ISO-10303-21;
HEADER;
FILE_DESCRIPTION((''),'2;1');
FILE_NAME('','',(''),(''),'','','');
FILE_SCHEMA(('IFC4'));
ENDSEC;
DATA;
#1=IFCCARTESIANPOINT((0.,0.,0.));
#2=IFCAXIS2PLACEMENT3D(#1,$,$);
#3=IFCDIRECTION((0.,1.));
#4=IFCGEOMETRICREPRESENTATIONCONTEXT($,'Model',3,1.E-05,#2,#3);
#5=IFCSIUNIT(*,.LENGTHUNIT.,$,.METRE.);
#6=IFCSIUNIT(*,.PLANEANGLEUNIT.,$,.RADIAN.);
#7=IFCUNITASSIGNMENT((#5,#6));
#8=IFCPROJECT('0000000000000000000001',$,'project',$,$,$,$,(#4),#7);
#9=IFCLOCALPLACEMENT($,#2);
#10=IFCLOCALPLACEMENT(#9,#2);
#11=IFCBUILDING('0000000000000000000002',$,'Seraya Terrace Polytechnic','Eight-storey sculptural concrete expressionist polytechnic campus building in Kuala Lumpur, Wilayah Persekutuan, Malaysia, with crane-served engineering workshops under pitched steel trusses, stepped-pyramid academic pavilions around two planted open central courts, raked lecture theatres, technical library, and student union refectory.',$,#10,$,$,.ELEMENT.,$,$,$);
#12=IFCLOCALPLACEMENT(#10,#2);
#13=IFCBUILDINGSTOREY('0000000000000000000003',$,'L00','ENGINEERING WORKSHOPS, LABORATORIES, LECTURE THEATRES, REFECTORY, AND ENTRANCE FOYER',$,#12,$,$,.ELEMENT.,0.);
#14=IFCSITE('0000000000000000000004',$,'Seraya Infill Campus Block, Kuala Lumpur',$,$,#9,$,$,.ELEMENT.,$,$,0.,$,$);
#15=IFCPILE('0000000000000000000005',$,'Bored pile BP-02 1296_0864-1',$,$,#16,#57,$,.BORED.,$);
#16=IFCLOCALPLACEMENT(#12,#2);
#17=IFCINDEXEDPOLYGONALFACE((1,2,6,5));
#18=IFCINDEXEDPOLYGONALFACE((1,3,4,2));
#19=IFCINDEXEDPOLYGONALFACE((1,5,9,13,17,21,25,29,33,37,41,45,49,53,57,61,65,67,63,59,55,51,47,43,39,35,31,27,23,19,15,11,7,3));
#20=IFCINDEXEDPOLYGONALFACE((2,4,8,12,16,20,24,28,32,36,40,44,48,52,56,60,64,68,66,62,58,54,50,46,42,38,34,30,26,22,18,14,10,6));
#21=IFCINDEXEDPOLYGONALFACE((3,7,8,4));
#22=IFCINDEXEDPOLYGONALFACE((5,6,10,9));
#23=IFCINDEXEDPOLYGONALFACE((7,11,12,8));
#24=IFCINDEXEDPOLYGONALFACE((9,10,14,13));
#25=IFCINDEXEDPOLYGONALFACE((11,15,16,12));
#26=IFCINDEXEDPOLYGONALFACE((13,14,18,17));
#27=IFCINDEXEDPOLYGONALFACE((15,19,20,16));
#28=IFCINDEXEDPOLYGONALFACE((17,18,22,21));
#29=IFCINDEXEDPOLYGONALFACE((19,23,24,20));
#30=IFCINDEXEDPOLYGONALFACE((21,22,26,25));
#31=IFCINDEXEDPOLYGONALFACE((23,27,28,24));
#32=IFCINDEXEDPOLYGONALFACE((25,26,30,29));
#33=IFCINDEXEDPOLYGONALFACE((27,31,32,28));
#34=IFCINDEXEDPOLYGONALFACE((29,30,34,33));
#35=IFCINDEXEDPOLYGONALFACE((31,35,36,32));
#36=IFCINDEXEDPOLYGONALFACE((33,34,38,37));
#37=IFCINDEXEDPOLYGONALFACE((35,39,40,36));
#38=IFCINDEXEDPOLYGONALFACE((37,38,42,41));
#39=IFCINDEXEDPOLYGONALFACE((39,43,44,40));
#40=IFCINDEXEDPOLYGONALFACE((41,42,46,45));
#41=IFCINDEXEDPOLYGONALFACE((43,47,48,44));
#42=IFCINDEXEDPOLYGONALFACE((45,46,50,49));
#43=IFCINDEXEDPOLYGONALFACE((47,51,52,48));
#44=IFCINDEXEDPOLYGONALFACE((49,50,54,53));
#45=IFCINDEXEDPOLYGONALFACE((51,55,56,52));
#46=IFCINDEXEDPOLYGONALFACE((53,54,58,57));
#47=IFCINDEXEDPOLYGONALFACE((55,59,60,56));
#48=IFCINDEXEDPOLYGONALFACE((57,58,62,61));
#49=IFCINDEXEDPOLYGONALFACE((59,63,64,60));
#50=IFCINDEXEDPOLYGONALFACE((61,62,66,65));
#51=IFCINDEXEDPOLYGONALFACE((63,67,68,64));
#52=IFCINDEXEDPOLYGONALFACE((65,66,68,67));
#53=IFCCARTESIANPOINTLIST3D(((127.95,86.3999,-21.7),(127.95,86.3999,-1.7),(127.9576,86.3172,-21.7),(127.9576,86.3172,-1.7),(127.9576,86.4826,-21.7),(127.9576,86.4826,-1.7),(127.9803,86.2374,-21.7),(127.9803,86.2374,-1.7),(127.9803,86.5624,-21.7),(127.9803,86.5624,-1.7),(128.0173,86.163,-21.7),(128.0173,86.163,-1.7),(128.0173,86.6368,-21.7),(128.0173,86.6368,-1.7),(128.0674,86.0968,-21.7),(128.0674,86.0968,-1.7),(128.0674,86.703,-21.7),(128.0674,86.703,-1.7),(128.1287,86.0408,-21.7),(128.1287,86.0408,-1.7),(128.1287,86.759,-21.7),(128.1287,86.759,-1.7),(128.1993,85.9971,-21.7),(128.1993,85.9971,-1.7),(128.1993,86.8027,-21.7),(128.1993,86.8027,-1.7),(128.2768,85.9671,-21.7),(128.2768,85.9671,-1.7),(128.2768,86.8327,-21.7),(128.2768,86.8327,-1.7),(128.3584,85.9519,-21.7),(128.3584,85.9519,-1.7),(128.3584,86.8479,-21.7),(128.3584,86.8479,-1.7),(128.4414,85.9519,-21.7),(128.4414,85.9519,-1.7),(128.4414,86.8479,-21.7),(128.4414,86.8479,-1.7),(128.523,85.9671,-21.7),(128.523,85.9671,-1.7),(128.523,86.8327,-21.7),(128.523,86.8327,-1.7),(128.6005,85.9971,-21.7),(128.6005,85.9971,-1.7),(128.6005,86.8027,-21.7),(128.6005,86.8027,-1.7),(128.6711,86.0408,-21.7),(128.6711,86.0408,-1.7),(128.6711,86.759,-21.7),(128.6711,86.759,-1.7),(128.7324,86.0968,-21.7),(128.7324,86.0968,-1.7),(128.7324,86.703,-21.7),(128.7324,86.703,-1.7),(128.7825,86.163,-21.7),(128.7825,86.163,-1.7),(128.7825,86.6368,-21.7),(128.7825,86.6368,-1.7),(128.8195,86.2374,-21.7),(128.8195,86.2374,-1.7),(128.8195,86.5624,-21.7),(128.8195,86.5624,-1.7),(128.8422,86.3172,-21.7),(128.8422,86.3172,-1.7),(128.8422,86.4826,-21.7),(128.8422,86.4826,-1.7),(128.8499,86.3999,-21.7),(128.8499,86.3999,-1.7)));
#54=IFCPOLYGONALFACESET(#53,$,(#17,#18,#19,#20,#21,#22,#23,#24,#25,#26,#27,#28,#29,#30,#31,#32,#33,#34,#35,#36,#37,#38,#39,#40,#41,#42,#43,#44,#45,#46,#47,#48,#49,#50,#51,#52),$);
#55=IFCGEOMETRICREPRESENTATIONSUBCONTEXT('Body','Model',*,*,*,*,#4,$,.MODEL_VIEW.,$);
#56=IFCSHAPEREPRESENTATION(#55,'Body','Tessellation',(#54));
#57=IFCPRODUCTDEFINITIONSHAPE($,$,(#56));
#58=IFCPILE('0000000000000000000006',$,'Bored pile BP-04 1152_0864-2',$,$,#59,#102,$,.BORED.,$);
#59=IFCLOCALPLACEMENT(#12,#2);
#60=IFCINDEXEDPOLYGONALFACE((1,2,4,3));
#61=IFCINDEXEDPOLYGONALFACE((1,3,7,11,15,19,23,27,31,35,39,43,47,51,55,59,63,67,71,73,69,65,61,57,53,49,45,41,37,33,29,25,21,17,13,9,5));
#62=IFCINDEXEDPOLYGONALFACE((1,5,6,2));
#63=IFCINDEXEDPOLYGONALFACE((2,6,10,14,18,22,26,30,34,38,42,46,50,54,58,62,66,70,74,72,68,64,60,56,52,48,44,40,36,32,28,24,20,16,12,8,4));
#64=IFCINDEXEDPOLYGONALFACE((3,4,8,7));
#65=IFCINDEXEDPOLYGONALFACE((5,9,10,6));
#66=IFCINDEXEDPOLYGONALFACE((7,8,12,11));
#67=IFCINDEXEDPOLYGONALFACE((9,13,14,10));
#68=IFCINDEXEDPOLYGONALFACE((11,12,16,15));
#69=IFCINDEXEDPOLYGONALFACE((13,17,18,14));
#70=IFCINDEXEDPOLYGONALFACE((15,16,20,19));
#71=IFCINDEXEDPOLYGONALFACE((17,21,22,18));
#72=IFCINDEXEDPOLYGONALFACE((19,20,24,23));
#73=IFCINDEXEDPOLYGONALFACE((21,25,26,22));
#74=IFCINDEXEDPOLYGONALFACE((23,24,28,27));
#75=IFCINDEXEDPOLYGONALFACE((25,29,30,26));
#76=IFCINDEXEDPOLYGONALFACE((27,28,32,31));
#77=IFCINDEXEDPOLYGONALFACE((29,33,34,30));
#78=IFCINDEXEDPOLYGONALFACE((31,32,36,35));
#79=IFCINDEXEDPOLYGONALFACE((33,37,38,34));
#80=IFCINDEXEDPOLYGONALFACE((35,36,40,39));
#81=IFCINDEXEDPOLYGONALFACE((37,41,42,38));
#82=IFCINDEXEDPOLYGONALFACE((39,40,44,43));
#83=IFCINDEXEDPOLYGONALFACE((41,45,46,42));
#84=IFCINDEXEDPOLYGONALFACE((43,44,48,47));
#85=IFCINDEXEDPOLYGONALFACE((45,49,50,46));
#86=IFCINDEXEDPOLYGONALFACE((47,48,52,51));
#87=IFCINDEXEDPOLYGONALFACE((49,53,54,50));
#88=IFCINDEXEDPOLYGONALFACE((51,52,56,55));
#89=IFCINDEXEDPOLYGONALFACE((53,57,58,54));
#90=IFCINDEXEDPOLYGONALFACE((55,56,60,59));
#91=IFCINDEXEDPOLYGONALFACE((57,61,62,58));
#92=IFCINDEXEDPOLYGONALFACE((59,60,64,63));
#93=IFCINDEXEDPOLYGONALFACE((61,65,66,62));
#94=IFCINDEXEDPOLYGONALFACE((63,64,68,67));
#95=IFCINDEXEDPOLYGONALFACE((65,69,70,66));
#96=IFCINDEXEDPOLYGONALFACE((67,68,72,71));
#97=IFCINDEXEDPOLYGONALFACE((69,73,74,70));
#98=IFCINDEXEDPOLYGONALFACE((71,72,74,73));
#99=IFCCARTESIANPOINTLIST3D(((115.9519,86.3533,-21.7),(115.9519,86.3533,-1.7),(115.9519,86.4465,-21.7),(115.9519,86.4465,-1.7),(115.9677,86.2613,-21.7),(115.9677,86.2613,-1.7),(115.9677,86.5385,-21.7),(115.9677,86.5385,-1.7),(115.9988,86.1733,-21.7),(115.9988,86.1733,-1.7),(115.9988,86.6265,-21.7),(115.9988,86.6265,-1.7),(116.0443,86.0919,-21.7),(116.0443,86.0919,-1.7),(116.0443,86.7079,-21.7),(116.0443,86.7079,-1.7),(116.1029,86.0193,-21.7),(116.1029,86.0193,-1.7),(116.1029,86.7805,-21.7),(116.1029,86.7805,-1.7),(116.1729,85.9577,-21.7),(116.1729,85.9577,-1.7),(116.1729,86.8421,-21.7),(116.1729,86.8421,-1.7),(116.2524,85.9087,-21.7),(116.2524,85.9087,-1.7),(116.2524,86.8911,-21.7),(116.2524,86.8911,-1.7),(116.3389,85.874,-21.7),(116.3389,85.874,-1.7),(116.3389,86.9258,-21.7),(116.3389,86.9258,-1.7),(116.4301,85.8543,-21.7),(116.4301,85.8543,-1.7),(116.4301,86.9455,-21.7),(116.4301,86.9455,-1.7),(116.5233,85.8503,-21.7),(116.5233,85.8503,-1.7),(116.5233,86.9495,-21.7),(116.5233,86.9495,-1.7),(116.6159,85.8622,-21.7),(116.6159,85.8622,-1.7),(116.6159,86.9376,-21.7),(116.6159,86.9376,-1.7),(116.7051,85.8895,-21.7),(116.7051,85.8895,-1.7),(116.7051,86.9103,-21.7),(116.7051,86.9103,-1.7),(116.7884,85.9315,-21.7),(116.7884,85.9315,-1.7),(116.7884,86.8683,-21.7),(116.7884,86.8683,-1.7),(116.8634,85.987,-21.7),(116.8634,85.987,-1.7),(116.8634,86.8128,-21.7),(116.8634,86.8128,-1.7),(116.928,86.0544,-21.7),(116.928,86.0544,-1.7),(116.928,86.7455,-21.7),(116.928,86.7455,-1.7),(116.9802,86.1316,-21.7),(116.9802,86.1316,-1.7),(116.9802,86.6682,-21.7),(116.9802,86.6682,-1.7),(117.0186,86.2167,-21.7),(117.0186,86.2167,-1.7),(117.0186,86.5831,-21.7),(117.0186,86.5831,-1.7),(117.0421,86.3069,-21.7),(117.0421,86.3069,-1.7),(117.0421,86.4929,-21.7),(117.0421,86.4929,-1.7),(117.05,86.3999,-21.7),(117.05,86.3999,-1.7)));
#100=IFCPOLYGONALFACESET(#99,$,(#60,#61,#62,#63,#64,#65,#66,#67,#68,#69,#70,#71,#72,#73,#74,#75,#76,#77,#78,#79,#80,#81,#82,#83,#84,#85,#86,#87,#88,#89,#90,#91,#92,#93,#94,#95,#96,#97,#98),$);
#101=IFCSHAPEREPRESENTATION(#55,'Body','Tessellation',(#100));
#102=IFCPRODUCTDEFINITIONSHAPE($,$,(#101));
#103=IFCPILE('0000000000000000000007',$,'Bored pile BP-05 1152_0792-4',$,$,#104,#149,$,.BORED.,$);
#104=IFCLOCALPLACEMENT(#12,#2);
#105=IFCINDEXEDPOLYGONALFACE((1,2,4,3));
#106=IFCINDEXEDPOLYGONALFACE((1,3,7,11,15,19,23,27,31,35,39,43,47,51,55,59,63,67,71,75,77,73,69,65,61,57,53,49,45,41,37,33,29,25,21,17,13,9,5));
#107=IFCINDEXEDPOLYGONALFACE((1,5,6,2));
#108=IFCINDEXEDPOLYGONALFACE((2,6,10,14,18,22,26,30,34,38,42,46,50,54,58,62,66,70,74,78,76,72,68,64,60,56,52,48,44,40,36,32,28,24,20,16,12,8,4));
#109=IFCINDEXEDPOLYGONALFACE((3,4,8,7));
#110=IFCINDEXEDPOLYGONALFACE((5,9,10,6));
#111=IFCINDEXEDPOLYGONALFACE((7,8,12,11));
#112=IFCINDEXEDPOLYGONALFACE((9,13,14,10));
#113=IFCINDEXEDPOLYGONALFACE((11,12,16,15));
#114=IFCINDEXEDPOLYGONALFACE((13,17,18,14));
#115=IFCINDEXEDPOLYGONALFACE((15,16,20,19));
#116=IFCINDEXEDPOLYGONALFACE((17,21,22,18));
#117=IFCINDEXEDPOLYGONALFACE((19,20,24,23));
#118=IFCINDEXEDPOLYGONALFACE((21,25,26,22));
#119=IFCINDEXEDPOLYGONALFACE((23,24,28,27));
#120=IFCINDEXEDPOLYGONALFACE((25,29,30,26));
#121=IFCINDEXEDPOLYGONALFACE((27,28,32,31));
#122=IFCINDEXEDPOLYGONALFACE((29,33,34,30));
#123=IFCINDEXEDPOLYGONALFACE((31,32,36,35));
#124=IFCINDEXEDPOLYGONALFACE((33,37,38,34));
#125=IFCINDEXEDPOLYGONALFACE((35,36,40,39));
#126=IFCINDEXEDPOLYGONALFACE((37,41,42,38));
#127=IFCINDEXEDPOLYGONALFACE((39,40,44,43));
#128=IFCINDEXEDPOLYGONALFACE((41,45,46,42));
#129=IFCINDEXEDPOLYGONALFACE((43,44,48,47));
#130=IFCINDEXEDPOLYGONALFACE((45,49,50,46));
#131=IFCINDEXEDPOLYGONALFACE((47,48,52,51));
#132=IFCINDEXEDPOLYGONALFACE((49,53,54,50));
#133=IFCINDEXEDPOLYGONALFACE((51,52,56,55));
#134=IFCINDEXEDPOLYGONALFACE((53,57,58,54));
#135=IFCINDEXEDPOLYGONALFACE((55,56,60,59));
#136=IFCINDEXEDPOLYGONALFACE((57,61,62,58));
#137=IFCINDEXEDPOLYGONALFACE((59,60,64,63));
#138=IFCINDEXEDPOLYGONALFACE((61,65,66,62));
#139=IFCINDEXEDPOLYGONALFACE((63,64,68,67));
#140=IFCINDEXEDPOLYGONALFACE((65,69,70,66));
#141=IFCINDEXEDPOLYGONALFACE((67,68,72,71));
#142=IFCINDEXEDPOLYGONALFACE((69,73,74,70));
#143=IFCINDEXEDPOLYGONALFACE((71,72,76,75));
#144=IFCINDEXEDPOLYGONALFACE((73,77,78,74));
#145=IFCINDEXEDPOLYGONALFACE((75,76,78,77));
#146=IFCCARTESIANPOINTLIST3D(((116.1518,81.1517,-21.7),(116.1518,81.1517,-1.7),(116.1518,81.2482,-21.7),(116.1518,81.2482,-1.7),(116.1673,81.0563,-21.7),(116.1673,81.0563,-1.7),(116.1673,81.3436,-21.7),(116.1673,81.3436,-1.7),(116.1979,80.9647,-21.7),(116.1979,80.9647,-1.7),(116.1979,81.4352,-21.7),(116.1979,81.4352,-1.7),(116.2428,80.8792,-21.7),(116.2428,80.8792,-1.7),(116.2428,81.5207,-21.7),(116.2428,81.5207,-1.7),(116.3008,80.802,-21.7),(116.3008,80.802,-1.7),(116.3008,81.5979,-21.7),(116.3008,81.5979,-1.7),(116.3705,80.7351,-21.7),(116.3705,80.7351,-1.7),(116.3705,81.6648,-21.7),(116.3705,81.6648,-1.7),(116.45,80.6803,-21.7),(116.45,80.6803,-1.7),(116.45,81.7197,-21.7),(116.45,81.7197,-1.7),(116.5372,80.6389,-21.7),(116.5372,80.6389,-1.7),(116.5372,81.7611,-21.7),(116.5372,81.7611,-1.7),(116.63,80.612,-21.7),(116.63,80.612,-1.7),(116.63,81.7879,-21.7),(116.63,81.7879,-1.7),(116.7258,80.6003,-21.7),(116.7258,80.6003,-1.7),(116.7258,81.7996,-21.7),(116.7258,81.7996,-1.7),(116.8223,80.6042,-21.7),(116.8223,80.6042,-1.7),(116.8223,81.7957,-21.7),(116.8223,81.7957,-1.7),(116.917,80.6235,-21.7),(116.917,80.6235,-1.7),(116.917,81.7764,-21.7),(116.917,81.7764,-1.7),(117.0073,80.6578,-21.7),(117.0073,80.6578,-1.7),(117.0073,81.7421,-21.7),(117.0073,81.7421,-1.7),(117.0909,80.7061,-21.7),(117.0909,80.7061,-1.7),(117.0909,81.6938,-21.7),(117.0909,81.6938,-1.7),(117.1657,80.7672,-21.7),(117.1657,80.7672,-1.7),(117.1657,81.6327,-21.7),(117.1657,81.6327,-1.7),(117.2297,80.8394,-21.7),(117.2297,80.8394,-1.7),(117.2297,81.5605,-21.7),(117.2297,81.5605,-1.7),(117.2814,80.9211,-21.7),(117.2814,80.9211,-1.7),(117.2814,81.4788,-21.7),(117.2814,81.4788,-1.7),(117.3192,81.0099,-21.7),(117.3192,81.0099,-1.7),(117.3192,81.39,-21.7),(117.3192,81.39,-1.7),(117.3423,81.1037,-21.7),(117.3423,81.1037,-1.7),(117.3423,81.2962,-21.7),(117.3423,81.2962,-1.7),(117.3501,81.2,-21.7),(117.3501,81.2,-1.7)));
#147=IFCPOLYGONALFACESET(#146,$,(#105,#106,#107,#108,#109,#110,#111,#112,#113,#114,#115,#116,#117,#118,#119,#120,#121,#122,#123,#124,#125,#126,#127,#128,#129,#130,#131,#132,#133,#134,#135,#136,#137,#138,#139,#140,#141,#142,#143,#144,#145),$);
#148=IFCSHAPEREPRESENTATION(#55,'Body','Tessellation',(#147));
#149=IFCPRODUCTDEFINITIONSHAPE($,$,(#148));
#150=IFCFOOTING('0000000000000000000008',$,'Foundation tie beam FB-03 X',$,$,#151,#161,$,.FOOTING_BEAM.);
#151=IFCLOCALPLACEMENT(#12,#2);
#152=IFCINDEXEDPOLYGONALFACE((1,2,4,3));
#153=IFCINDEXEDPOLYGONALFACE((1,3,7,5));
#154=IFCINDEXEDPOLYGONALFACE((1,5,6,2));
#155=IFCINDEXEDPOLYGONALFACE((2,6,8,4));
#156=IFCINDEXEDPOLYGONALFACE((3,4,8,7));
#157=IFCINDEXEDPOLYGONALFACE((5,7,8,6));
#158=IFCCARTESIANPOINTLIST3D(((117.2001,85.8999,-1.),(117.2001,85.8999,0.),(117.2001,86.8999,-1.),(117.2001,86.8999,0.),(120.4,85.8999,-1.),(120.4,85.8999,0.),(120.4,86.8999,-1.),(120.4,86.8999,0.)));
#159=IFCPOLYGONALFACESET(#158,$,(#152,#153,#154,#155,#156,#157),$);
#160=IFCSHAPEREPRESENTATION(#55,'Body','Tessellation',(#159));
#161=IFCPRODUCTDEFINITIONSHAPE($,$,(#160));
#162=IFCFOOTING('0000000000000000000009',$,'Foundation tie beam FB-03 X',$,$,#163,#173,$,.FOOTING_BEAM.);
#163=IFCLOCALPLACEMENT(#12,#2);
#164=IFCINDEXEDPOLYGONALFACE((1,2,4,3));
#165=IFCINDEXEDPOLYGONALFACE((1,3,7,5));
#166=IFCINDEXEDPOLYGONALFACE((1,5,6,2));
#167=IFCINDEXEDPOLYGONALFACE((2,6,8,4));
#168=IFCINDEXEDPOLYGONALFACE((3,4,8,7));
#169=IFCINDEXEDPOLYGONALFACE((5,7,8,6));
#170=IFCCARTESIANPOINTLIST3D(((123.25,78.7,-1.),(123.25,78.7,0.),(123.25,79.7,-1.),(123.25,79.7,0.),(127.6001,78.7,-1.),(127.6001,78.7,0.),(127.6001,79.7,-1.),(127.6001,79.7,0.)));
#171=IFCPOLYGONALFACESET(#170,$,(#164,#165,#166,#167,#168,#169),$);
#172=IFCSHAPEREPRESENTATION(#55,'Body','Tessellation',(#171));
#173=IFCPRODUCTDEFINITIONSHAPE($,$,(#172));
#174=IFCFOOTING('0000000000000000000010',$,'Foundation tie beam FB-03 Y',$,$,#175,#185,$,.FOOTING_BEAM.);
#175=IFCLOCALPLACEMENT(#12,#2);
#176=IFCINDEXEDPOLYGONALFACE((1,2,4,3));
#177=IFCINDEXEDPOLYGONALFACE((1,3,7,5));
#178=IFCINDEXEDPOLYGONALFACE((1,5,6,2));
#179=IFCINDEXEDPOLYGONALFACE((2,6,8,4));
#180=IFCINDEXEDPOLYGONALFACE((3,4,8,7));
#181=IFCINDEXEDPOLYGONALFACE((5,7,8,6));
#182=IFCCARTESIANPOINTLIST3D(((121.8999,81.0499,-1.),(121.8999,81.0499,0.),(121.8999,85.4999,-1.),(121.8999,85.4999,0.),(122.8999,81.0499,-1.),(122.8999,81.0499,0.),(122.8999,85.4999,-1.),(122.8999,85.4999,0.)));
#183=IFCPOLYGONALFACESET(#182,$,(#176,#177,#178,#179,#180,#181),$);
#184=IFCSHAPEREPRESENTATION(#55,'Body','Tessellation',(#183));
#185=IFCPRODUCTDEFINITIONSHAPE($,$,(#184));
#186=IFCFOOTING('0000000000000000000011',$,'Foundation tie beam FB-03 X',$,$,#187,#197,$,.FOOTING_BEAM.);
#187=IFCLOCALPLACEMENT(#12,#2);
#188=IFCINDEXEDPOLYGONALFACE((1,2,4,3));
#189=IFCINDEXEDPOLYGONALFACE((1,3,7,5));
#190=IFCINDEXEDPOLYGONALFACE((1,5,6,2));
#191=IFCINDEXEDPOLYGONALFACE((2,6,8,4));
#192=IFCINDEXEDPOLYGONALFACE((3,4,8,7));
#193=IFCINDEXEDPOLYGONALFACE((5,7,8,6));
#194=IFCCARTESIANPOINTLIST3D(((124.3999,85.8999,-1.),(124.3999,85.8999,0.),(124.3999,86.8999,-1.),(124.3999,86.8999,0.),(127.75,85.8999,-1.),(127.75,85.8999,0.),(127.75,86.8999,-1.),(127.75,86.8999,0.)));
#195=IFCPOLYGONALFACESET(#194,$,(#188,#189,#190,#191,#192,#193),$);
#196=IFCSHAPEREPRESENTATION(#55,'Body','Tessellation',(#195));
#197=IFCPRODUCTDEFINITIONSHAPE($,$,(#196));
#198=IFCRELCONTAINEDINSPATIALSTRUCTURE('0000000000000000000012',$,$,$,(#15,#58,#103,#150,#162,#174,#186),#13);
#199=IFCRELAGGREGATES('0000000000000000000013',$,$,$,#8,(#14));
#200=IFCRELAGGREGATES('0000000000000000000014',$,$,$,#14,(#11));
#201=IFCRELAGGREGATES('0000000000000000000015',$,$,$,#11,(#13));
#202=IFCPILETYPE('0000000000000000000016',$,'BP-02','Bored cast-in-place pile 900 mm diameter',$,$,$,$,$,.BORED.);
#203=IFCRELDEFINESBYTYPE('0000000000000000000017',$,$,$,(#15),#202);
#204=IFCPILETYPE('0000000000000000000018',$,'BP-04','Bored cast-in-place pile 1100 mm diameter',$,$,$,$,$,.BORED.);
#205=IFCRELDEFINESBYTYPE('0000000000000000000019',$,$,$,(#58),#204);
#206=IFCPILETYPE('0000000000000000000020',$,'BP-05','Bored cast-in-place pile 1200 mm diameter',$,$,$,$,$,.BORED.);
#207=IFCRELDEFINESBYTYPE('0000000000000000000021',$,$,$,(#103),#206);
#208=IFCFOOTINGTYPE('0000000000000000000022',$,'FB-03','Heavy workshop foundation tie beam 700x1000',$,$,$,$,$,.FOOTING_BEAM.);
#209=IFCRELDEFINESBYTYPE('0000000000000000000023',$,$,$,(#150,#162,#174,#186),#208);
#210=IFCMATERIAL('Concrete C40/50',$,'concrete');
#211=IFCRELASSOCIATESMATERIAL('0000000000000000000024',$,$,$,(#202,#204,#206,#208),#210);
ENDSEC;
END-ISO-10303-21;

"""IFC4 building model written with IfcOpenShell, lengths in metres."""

from ifc_helpers import new_model, si_unit, direction, frame, origin, origin_2d, place, context, subcontext, project, spatial, rectangle, circle, extrude, material, material_profile, profile_set, type_object, element, save


model = new_model("IFC4")

# Units and contexts
model_context = context("Model", 3, precision=1e-05, world=origin(), true_north=direction((0.0, 1.0)))
body_context = subcontext(model_context, "Body", "Model", "MODEL_VIEW")
ifc_project = project(units=[si_unit("LENGTHUNIT", "METRE"), si_unit("PLANEANGLEUNIT", "RADIAN")], contexts=[model_context])

# Site, building, storey
site_placement = place(None, origin())
site = spatial("IfcSite", under=ifc_project, at=site_placement, Name="Seraya Infill Campus Block, Kuala Lumpur", CompositionType="ELEMENT", RefElevation=0.0)
building_placement = place(site_placement, origin())
building = spatial("IfcBuilding", under=site, at=building_placement, Name="Seraya Terrace Polytechnic", Description="Eight-storey sculptural concrete expressionist polytechnic campus building in Kuala Lumpur, Wilayah Persekutuan, Malaysia, with crane-served engineering workshops under pitched steel trusses, stepped-pyramid academic pavilions around two planted open central courts, raked lecture theatres, technical library, and student union refectory.", CompositionType="ELEMENT")
storey_placement = place(building_placement, origin())
storey = spatial("IfcBuildingStorey", under=building, at=storey_placement, Name="L00", Description="ENGINEERING WORKSHOPS, LABORATORIES, LECTURE THEATRES, REFECTORY, AND ENTRANCE FOYER", CompositionType="ELEMENT", Elevation=0.0)

# Piles
ifc_material_1 = material(Name="Concrete C40/50", Category="concrete")
ifc_material_profile_1 = material_profile(ifc_material_1, circle(Radius=0.45, at=origin_2d()), Name="DIA 900")
ifc_profile_set_1 = profile_set([ifc_material_profile_1], Name="Concrete C40/50")
pile_type_1 = type_object("IfcPileType", Name="BP-02", Description="Bored cast-in-place pile 900 mm diameter", PredefinedType="BORED", material=ifc_profile_set_1)
for number, where, z_axis, x_axis, name in (
    (1, (128.3999, 86.3999, -1.7), (0.0, 0.0, -1.0), (1.0, 0.0, 0.0), "Bored pile BP-02 1296_0864-1"),
):
    element("IfcPile", number, at=place(storey_placement, frame(where, z_axis=z_axis, x_axis=x_axis)), inside=storey, type_object=pile_type_1, Name=name, PredefinedType="BORED", context=body_context, shape_type="SweptSolid", body=[
        extrude(circle(Radius=0.45, at=origin_2d()), origin(), (0.0, 0.0, 1.0), 20.0),
    ])
ifc_material_profile_2 = material_profile(ifc_material_1, circle(Radius=0.55, at=origin_2d()), Name="DIA 1100")
ifc_profile_set_2 = profile_set([ifc_material_profile_2], Name="Concrete C40/50")
pile_type_2 = type_object("IfcPileType", Name="BP-04", Description="Bored cast-in-place pile 1100 mm diameter", PredefinedType="BORED", material=ifc_profile_set_2)
pile_1_placement = place(storey_placement, frame((116.5, 86.3999, -1.7), z_axis=(0.0, 0.0, -1.0), x_axis=(1.0, 0.0, 0.0)))
element("IfcPile", 2, at=pile_1_placement, inside=storey, type_object=pile_type_2, Name="Bored pile BP-04 1152_0864-2", PredefinedType="BORED", context=body_context, shape_type="SweptSolid", body=[
    extrude(circle(Radius=0.55, at=origin_2d()), origin(), (0.0, 0.0, 1.0), 20.0),
])
ifc_material_profile_3 = material_profile(ifc_material_1, circle(Radius=0.6001, at=origin_2d()), Name="DIA 1200")
ifc_profile_set_3 = profile_set([ifc_material_profile_3], Name="Concrete C40/50")
pile_type_3 = type_object("IfcPileType", Name="BP-05", Description="Bored cast-in-place pile 1200 mm diameter", PredefinedType="BORED", material=ifc_profile_set_3)
pile_2_placement = place(storey_placement, frame((116.75, 81.2, -1.7), z_axis=(0.0, 0.0, -1.0), x_axis=(1.0, 0.0, 0.0)))
element("IfcPile", 3, at=pile_2_placement, inside=storey, type_object=pile_type_3, Name="Bored pile BP-05 1152_0792-4", PredefinedType="BORED", context=body_context, shape_type="SweptSolid", body=[
    extrude(circle(Radius=0.6001, at=origin_2d()), origin(), (0.0, 0.0, 1.0), 20.0),
])

# Footings
footing_type_1 = type_object("IfcFootingType", Name="FB-03", Description="Heavy workshop foundation tie beam 700x1000", PredefinedType="FOOTING_BEAM", material=ifc_material_1)
footing_1_placement = place(storey_placement, frame((118.8, 86.3999, -1.0), z_axis=(0.0, 0.0, 1.0), x_axis=(1.0, 0.0, 0.0)))
element("IfcFooting", 4, at=footing_1_placement, inside=storey, type_object=footing_type_1, Name="Foundation tie beam FB-03 X", PredefinedType="FOOTING_BEAM", context=body_context, shape_type="SweptSolid", body=[
    extrude(rectangle(XDim=3.2, YDim=1.0, at=origin_2d()), origin(), (0.0, 0.0, 1.0), 1.0),
])
footing_2_placement = place(storey_placement, frame((125.425, 79.2, -1.0), z_axis=(0.0, 0.0, 1.0), x_axis=(1.0, 0.0, 0.0)))
element("IfcFooting", 5, at=footing_2_placement, inside=storey, type_object=footing_type_1, Name="Foundation tie beam FB-03 X", PredefinedType="FOOTING_BEAM", context=body_context, shape_type="SweptSolid", body=[
    extrude(rectangle(XDim=4.3501, YDim=1.0, at=origin_2d()), origin(), (0.0, 0.0, 1.0), 1.0),
])
footing_3_placement = place(storey_placement, frame((122.3999, 83.2749, -1.0), z_axis=(0.0, 0.0, 1.0), x_axis=(0.0, 1.0, 0.0)))
element("IfcFooting", 6, at=footing_3_placement, inside=storey, type_object=footing_type_1, Name="Foundation tie beam FB-03 Y", PredefinedType="FOOTING_BEAM", context=body_context, shape_type="SweptSolid", body=[
    extrude(rectangle(XDim=4.45, YDim=1.0, at=origin_2d()), origin(), (0.0, 0.0, 1.0), 1.0),
])
footing_4_placement = place(storey_placement, frame((126.075, 86.3999, -1.0), z_axis=(0.0, 0.0, 1.0), x_axis=(1.0, 0.0, 0.0)))
element("IfcFooting", 7, at=footing_4_placement, inside=storey, type_object=footing_type_1, Name="Foundation tie beam FB-03 X", PredefinedType="FOOTING_BEAM", context=body_context, shape_type="SweptSolid", body=[
    extrude(rectangle(XDim=3.3501, YDim=1.0, at=origin_2d()), origin(), (0.0, 0.0, 1.0), 1.0),
])

save(model, "model.ifc")
